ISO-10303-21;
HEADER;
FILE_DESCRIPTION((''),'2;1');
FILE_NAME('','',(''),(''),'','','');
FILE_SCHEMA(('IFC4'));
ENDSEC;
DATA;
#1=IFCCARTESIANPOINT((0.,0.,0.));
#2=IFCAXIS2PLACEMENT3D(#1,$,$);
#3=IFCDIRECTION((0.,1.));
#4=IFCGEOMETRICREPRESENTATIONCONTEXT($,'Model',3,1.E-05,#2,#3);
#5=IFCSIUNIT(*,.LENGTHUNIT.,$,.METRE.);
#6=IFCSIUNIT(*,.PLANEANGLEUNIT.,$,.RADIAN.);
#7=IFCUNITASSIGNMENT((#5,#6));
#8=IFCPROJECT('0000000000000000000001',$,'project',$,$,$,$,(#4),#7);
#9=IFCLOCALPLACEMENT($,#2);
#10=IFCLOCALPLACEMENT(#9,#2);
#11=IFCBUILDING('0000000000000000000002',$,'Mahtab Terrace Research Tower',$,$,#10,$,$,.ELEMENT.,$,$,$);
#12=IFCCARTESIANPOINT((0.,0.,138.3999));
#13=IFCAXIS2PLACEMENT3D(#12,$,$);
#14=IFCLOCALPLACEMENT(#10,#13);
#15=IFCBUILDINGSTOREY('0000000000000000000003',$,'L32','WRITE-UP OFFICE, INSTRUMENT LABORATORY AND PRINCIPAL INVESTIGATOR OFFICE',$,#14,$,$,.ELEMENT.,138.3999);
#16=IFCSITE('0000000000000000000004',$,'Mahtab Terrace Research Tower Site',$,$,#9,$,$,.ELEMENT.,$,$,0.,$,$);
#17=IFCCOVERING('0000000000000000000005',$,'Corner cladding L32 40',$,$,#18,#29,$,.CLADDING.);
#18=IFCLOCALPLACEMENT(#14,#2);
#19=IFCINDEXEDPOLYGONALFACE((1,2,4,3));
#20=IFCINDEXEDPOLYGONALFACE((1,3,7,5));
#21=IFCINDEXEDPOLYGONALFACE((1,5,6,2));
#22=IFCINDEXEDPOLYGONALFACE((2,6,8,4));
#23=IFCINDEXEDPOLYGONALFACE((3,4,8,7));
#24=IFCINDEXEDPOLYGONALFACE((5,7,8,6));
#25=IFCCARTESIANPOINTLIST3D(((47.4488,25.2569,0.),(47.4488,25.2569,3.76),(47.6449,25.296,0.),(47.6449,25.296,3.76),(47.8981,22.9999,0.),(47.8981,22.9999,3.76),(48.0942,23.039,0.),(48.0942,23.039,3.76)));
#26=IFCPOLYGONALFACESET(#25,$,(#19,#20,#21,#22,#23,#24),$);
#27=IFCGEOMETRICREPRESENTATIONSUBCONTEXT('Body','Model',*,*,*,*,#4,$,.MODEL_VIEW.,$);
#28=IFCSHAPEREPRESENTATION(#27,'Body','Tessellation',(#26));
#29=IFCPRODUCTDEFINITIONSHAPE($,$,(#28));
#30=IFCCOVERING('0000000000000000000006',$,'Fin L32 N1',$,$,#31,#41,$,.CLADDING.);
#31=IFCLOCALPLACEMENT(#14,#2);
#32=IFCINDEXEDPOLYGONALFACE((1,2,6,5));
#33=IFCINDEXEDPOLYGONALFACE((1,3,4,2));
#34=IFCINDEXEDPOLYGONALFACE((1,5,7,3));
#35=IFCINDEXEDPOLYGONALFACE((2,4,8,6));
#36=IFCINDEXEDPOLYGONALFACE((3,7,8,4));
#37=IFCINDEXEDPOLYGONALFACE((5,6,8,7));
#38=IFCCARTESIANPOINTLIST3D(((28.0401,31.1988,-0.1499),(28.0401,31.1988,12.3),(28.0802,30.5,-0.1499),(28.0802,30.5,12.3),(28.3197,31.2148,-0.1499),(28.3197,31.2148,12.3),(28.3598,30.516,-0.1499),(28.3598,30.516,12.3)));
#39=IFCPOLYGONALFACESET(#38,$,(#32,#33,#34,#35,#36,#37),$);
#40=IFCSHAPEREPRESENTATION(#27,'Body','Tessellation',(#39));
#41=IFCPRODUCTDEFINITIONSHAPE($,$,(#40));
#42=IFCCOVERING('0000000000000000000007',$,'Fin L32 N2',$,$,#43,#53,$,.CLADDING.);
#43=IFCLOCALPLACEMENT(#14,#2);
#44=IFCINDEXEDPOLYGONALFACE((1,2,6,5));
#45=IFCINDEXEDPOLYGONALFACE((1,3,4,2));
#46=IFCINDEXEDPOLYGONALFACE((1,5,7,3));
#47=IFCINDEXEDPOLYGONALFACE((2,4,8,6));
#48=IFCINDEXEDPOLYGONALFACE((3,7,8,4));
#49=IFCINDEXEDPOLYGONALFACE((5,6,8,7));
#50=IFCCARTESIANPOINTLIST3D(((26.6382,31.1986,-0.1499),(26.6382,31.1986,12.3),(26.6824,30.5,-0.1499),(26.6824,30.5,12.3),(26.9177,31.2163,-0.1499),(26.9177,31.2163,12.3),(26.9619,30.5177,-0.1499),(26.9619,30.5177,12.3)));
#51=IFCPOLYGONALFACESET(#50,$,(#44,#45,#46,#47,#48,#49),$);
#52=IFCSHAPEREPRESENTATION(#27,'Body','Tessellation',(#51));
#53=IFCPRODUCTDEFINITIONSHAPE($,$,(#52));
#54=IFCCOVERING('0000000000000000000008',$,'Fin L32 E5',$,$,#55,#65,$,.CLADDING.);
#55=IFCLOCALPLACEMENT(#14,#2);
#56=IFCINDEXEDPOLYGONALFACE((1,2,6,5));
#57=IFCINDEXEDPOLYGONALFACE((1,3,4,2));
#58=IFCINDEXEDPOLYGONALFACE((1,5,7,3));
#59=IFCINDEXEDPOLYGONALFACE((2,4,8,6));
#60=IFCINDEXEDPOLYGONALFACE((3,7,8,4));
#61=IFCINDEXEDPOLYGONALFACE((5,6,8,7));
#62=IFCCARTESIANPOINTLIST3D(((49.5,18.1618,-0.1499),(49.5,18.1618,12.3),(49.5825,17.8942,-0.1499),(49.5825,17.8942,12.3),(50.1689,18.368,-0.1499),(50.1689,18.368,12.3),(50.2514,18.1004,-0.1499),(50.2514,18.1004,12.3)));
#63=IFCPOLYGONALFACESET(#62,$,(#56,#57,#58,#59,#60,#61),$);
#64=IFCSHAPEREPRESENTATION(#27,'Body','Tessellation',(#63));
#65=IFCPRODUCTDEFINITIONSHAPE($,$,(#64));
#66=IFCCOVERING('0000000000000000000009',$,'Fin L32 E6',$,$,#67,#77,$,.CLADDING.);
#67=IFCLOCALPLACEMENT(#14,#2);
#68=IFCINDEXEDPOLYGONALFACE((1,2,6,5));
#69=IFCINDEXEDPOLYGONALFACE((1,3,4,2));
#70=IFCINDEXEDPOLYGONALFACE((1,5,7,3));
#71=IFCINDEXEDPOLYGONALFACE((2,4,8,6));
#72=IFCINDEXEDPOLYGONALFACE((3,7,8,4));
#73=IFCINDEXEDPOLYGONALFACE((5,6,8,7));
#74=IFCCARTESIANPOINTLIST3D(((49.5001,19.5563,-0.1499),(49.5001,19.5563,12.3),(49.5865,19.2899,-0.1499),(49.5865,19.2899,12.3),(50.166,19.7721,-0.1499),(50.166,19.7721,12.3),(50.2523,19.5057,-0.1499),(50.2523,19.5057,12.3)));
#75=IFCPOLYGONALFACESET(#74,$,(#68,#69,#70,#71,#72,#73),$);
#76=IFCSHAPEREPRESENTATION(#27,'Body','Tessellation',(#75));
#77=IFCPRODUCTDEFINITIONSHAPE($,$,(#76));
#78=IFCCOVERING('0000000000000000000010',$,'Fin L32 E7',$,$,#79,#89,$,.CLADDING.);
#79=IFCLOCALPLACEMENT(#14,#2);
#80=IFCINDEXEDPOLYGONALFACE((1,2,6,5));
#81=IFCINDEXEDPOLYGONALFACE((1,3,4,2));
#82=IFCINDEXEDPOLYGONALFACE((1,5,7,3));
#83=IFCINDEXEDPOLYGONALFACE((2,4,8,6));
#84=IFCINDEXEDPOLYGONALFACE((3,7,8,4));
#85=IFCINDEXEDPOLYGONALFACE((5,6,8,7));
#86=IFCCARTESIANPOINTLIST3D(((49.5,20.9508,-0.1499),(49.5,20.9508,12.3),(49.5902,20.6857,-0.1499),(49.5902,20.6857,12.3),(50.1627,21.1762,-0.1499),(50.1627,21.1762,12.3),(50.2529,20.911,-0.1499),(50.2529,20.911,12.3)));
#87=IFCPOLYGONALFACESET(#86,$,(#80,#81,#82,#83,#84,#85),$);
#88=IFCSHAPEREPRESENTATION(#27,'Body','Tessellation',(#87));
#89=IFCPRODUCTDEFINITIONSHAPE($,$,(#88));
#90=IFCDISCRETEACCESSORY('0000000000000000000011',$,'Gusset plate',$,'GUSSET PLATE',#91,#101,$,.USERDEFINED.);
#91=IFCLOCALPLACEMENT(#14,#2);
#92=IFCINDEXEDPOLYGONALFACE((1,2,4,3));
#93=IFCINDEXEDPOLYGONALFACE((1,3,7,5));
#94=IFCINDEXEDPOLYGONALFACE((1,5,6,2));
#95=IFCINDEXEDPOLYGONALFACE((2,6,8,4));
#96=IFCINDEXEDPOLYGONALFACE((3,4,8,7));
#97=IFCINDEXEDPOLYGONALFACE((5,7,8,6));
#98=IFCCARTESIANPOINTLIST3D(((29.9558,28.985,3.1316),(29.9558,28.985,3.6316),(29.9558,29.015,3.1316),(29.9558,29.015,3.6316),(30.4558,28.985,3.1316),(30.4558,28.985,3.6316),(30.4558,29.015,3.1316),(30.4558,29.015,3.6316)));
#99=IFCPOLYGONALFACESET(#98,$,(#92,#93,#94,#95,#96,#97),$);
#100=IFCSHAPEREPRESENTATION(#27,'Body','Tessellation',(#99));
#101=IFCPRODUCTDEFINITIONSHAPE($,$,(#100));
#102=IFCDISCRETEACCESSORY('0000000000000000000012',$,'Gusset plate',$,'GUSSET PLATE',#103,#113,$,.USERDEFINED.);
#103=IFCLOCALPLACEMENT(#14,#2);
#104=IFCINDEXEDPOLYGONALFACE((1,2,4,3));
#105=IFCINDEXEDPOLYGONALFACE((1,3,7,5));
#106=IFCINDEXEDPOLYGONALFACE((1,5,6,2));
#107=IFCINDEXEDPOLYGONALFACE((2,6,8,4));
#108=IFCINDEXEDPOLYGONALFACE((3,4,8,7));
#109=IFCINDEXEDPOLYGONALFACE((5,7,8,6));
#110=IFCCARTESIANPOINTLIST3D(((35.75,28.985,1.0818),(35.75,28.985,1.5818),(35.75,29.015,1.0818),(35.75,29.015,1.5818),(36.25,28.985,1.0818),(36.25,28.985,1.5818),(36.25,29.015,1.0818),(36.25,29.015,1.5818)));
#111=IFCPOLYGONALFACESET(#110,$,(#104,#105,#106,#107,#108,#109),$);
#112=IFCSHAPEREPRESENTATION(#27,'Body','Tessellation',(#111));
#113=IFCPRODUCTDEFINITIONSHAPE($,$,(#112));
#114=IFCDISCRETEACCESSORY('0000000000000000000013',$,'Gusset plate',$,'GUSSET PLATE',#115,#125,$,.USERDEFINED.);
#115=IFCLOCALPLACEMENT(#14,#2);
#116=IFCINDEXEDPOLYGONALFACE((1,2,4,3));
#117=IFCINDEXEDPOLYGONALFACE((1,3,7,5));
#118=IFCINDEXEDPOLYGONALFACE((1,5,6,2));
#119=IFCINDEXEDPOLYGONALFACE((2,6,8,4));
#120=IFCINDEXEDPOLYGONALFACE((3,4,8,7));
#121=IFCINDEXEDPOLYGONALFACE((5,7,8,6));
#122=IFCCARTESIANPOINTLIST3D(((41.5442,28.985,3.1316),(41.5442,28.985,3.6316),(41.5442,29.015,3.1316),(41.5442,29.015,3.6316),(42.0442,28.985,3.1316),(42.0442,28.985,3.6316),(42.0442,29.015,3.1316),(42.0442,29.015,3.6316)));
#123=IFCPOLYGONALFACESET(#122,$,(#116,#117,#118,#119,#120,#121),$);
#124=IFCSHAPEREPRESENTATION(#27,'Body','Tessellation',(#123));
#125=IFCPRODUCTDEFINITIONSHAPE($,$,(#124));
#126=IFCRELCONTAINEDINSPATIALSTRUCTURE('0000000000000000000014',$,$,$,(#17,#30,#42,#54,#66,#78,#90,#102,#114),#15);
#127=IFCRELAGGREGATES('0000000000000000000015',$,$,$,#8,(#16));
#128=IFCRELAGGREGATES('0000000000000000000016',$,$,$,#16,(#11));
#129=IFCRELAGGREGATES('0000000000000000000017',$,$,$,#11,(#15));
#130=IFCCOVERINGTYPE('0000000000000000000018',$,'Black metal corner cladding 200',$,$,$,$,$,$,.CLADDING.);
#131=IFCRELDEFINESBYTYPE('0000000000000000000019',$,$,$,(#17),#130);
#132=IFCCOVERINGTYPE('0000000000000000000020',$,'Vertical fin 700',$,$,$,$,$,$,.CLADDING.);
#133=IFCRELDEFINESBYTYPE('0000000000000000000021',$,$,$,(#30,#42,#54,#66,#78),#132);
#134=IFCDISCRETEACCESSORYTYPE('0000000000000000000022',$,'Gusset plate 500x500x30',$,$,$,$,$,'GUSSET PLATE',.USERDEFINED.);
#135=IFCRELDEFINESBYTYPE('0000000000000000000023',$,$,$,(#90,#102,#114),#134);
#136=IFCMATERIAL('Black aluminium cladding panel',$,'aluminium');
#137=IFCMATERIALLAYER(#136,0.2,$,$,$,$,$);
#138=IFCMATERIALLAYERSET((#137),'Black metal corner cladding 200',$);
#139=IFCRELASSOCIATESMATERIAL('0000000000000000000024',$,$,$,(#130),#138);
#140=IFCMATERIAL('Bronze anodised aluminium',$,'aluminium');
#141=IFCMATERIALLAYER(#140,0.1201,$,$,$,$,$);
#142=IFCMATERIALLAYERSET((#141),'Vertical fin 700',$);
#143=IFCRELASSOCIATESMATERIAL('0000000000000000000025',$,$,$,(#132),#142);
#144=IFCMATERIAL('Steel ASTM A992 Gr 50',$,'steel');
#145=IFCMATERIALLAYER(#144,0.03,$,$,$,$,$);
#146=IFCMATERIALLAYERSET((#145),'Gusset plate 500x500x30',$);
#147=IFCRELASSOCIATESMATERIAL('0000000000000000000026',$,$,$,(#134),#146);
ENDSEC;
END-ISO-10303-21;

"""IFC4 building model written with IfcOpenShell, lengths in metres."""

from ifc_helpers import new_model, si_unit, direction, frame, origin, origin_2d, place, context, subcontext, project, spatial, rectangle, extrude, material, layer, layer_set, type_object, element, save


model = new_model("IFC4")

# Units and contexts
model_context = context("Model", 3, precision=1e-05, world=origin(), true_north=direction((0.0, 1.0)))
body_context = subcontext(model_context, "Body", "Model", "MODEL_VIEW")
ifc_project = project(units=[si_unit("LENGTHUNIT", "METRE"), si_unit("PLANEANGLEUNIT", "RADIAN")], contexts=[model_context])

# Site, building, storey
site_placement = place(None, origin())
site = spatial("IfcSite", under=ifc_project, at=site_placement, Name="Mahtab Terrace Research Tower Site", CompositionType="ELEMENT", RefElevation=0.0)
building_placement = place(site_placement, origin())
building = spatial("IfcBuilding", under=site, at=building_placement, Name="Mahtab Terrace Research Tower", CompositionType="ELEMENT")
storey_placement = place(building_placement, frame((0.0, 0.0, 138.3999)))
storey = spatial("IfcBuildingStorey", under=building, at=storey_placement, Name="L32", Description="WRITE-UP OFFICE, INSTRUMENT LABORATORY AND PRINCIPAL INVESTIGATOR OFFICE", CompositionType="ELEMENT", Elevation=138.3999)

# Shared definitions
ifc_material_1 = material(Name="Steel ASTM A992 Gr 50", Category="steel")

# Shared definitions
ifc_material_2 = material(Name="Black aluminium cladding panel", Category="aluminium")

# Coverings
ifc_layer_1 = layer(ifc_material_2, 0.2)
ifc_layer_set_1 = layer_set([ifc_layer_1], Name="Black metal corner cladding 200")
covering_type_1 = type_object("IfcCoveringType", Name="Black metal corner cladding 200", PredefinedType="CLADDING", material=ifc_layer_set_1)
covering_1_placement = place(storey_placement, frame((47.7715, 24.1479, 0.0), z_axis=(0.0, 0.0, 1.0), x_axis=(-0.195212, 0.980761, 0.0)))
element("IfcCovering", 1, at=covering_1_placement, inside=storey, type_object=covering_type_1, Name="Corner cladding L32 40", PredefinedType="CLADDING", context=body_context, shape_type="SweptSolid", body=[
    extrude(rectangle(XDim=2.3013, YDim=0.2, at=origin_2d()), origin(), (0.0, 0.0, 1.0), 3.76),
])
ifc_material_3 = material(Name="Bronze anodised aluminium", Category="aluminium")
ifc_layer_2 = layer(ifc_material_3, 0.1201)
ifc_layer_set_2 = layer_set([ifc_layer_2], Name="Vertical fin 700")
covering_type_2 = type_object("IfcCoveringType", Name="Vertical fin 700", PredefinedType="CLADDING", material=ifc_layer_set_2)
for number, where, z_axis, x_axis, name in (
    (2, (28.2, 30.8574, -0.1499), (0.0, 0.0, 1.0), (-0.998356, -0.057315, 0.0), "Fin L32 N1"),
    (3, (26.8, 30.8582, -0.1499), (0.0, 0.0, 1.0), (-0.998006, -0.063122, 0.0), "Fin L32 N2"),
    (4, (49.8757, 18.1311, -0.1499), (0.0, 0.0, 1.0), (-0.294639, 0.955609, 0.0), "Fin L32 E5"),
    (5, (49.8762, 19.531, -0.1499), (0.0, 0.0, 1.0), (-0.308343, 0.951275, 0.0), "Fin L32 E6"),
    (6, (49.8765, 20.9309, -0.1499), (0.0, 0.0, 1.0), (-0.321984, 0.946745, 0.0), "Fin L32 E7"),
):
    element("IfcCovering", number, at=place(storey_placement, frame(where, z_axis=z_axis, x_axis=x_axis)), inside=storey, type_object=covering_type_2, Name=name, PredefinedType="CLADDING", context=body_context, shape_type="SweptSolid", body=[
        extrude(rectangle(XDim=0.28, YDim=0.7, at=origin_2d()), origin(), (0.0, 0.0, 1.0), 12.45),
    ])

# Discrete accessories
ifc_layer_3 = layer(ifc_material_1, 0.03)
ifc_layer_set_3 = layer_set([ifc_layer_3], Name="Gusset plate 500x500x30")
discrete_accessory_type = type_object("IfcDiscreteAccessoryType", Name="Gusset plate 500x500x30", ElementType="GUSSET PLATE", PredefinedType="USERDEFINED", material=ifc_layer_set_3)
for number, where, z_axis, x_axis, name in (
    (7, (30.2058, 29.0, 3.1316), (0.0, 0.0, 1.0), (1.0, 0.0, 0.0), "Gusset plate"),
    (8, (36.0, 29.0, 1.0818), (0.0, 0.0, 1.0), (1.0, 0.0, 0.0), "Gusset plate"),
    (9, (41.7942, 29.0, 3.1316), (0.0, 0.0, 1.0), (1.0, 0.0, 0.0), "Gusset plate"),
):
    element("IfcDiscreteAccessory", number, at=place(storey_placement, frame(where, z_axis=z_axis, x_axis=x_axis)), inside=storey, type_object=discrete_accessory_type, Name=name, ObjectType="GUSSET PLATE", PredefinedType="USERDEFINED", context=body_context, shape_type="SweptSolid", body=[
        extrude(rectangle(XDim=0.5, YDim=0.03, at=origin_2d()), origin(), (0.0, 0.0, 1.0), 0.5),
    ])

save(model, "model.ifc")
